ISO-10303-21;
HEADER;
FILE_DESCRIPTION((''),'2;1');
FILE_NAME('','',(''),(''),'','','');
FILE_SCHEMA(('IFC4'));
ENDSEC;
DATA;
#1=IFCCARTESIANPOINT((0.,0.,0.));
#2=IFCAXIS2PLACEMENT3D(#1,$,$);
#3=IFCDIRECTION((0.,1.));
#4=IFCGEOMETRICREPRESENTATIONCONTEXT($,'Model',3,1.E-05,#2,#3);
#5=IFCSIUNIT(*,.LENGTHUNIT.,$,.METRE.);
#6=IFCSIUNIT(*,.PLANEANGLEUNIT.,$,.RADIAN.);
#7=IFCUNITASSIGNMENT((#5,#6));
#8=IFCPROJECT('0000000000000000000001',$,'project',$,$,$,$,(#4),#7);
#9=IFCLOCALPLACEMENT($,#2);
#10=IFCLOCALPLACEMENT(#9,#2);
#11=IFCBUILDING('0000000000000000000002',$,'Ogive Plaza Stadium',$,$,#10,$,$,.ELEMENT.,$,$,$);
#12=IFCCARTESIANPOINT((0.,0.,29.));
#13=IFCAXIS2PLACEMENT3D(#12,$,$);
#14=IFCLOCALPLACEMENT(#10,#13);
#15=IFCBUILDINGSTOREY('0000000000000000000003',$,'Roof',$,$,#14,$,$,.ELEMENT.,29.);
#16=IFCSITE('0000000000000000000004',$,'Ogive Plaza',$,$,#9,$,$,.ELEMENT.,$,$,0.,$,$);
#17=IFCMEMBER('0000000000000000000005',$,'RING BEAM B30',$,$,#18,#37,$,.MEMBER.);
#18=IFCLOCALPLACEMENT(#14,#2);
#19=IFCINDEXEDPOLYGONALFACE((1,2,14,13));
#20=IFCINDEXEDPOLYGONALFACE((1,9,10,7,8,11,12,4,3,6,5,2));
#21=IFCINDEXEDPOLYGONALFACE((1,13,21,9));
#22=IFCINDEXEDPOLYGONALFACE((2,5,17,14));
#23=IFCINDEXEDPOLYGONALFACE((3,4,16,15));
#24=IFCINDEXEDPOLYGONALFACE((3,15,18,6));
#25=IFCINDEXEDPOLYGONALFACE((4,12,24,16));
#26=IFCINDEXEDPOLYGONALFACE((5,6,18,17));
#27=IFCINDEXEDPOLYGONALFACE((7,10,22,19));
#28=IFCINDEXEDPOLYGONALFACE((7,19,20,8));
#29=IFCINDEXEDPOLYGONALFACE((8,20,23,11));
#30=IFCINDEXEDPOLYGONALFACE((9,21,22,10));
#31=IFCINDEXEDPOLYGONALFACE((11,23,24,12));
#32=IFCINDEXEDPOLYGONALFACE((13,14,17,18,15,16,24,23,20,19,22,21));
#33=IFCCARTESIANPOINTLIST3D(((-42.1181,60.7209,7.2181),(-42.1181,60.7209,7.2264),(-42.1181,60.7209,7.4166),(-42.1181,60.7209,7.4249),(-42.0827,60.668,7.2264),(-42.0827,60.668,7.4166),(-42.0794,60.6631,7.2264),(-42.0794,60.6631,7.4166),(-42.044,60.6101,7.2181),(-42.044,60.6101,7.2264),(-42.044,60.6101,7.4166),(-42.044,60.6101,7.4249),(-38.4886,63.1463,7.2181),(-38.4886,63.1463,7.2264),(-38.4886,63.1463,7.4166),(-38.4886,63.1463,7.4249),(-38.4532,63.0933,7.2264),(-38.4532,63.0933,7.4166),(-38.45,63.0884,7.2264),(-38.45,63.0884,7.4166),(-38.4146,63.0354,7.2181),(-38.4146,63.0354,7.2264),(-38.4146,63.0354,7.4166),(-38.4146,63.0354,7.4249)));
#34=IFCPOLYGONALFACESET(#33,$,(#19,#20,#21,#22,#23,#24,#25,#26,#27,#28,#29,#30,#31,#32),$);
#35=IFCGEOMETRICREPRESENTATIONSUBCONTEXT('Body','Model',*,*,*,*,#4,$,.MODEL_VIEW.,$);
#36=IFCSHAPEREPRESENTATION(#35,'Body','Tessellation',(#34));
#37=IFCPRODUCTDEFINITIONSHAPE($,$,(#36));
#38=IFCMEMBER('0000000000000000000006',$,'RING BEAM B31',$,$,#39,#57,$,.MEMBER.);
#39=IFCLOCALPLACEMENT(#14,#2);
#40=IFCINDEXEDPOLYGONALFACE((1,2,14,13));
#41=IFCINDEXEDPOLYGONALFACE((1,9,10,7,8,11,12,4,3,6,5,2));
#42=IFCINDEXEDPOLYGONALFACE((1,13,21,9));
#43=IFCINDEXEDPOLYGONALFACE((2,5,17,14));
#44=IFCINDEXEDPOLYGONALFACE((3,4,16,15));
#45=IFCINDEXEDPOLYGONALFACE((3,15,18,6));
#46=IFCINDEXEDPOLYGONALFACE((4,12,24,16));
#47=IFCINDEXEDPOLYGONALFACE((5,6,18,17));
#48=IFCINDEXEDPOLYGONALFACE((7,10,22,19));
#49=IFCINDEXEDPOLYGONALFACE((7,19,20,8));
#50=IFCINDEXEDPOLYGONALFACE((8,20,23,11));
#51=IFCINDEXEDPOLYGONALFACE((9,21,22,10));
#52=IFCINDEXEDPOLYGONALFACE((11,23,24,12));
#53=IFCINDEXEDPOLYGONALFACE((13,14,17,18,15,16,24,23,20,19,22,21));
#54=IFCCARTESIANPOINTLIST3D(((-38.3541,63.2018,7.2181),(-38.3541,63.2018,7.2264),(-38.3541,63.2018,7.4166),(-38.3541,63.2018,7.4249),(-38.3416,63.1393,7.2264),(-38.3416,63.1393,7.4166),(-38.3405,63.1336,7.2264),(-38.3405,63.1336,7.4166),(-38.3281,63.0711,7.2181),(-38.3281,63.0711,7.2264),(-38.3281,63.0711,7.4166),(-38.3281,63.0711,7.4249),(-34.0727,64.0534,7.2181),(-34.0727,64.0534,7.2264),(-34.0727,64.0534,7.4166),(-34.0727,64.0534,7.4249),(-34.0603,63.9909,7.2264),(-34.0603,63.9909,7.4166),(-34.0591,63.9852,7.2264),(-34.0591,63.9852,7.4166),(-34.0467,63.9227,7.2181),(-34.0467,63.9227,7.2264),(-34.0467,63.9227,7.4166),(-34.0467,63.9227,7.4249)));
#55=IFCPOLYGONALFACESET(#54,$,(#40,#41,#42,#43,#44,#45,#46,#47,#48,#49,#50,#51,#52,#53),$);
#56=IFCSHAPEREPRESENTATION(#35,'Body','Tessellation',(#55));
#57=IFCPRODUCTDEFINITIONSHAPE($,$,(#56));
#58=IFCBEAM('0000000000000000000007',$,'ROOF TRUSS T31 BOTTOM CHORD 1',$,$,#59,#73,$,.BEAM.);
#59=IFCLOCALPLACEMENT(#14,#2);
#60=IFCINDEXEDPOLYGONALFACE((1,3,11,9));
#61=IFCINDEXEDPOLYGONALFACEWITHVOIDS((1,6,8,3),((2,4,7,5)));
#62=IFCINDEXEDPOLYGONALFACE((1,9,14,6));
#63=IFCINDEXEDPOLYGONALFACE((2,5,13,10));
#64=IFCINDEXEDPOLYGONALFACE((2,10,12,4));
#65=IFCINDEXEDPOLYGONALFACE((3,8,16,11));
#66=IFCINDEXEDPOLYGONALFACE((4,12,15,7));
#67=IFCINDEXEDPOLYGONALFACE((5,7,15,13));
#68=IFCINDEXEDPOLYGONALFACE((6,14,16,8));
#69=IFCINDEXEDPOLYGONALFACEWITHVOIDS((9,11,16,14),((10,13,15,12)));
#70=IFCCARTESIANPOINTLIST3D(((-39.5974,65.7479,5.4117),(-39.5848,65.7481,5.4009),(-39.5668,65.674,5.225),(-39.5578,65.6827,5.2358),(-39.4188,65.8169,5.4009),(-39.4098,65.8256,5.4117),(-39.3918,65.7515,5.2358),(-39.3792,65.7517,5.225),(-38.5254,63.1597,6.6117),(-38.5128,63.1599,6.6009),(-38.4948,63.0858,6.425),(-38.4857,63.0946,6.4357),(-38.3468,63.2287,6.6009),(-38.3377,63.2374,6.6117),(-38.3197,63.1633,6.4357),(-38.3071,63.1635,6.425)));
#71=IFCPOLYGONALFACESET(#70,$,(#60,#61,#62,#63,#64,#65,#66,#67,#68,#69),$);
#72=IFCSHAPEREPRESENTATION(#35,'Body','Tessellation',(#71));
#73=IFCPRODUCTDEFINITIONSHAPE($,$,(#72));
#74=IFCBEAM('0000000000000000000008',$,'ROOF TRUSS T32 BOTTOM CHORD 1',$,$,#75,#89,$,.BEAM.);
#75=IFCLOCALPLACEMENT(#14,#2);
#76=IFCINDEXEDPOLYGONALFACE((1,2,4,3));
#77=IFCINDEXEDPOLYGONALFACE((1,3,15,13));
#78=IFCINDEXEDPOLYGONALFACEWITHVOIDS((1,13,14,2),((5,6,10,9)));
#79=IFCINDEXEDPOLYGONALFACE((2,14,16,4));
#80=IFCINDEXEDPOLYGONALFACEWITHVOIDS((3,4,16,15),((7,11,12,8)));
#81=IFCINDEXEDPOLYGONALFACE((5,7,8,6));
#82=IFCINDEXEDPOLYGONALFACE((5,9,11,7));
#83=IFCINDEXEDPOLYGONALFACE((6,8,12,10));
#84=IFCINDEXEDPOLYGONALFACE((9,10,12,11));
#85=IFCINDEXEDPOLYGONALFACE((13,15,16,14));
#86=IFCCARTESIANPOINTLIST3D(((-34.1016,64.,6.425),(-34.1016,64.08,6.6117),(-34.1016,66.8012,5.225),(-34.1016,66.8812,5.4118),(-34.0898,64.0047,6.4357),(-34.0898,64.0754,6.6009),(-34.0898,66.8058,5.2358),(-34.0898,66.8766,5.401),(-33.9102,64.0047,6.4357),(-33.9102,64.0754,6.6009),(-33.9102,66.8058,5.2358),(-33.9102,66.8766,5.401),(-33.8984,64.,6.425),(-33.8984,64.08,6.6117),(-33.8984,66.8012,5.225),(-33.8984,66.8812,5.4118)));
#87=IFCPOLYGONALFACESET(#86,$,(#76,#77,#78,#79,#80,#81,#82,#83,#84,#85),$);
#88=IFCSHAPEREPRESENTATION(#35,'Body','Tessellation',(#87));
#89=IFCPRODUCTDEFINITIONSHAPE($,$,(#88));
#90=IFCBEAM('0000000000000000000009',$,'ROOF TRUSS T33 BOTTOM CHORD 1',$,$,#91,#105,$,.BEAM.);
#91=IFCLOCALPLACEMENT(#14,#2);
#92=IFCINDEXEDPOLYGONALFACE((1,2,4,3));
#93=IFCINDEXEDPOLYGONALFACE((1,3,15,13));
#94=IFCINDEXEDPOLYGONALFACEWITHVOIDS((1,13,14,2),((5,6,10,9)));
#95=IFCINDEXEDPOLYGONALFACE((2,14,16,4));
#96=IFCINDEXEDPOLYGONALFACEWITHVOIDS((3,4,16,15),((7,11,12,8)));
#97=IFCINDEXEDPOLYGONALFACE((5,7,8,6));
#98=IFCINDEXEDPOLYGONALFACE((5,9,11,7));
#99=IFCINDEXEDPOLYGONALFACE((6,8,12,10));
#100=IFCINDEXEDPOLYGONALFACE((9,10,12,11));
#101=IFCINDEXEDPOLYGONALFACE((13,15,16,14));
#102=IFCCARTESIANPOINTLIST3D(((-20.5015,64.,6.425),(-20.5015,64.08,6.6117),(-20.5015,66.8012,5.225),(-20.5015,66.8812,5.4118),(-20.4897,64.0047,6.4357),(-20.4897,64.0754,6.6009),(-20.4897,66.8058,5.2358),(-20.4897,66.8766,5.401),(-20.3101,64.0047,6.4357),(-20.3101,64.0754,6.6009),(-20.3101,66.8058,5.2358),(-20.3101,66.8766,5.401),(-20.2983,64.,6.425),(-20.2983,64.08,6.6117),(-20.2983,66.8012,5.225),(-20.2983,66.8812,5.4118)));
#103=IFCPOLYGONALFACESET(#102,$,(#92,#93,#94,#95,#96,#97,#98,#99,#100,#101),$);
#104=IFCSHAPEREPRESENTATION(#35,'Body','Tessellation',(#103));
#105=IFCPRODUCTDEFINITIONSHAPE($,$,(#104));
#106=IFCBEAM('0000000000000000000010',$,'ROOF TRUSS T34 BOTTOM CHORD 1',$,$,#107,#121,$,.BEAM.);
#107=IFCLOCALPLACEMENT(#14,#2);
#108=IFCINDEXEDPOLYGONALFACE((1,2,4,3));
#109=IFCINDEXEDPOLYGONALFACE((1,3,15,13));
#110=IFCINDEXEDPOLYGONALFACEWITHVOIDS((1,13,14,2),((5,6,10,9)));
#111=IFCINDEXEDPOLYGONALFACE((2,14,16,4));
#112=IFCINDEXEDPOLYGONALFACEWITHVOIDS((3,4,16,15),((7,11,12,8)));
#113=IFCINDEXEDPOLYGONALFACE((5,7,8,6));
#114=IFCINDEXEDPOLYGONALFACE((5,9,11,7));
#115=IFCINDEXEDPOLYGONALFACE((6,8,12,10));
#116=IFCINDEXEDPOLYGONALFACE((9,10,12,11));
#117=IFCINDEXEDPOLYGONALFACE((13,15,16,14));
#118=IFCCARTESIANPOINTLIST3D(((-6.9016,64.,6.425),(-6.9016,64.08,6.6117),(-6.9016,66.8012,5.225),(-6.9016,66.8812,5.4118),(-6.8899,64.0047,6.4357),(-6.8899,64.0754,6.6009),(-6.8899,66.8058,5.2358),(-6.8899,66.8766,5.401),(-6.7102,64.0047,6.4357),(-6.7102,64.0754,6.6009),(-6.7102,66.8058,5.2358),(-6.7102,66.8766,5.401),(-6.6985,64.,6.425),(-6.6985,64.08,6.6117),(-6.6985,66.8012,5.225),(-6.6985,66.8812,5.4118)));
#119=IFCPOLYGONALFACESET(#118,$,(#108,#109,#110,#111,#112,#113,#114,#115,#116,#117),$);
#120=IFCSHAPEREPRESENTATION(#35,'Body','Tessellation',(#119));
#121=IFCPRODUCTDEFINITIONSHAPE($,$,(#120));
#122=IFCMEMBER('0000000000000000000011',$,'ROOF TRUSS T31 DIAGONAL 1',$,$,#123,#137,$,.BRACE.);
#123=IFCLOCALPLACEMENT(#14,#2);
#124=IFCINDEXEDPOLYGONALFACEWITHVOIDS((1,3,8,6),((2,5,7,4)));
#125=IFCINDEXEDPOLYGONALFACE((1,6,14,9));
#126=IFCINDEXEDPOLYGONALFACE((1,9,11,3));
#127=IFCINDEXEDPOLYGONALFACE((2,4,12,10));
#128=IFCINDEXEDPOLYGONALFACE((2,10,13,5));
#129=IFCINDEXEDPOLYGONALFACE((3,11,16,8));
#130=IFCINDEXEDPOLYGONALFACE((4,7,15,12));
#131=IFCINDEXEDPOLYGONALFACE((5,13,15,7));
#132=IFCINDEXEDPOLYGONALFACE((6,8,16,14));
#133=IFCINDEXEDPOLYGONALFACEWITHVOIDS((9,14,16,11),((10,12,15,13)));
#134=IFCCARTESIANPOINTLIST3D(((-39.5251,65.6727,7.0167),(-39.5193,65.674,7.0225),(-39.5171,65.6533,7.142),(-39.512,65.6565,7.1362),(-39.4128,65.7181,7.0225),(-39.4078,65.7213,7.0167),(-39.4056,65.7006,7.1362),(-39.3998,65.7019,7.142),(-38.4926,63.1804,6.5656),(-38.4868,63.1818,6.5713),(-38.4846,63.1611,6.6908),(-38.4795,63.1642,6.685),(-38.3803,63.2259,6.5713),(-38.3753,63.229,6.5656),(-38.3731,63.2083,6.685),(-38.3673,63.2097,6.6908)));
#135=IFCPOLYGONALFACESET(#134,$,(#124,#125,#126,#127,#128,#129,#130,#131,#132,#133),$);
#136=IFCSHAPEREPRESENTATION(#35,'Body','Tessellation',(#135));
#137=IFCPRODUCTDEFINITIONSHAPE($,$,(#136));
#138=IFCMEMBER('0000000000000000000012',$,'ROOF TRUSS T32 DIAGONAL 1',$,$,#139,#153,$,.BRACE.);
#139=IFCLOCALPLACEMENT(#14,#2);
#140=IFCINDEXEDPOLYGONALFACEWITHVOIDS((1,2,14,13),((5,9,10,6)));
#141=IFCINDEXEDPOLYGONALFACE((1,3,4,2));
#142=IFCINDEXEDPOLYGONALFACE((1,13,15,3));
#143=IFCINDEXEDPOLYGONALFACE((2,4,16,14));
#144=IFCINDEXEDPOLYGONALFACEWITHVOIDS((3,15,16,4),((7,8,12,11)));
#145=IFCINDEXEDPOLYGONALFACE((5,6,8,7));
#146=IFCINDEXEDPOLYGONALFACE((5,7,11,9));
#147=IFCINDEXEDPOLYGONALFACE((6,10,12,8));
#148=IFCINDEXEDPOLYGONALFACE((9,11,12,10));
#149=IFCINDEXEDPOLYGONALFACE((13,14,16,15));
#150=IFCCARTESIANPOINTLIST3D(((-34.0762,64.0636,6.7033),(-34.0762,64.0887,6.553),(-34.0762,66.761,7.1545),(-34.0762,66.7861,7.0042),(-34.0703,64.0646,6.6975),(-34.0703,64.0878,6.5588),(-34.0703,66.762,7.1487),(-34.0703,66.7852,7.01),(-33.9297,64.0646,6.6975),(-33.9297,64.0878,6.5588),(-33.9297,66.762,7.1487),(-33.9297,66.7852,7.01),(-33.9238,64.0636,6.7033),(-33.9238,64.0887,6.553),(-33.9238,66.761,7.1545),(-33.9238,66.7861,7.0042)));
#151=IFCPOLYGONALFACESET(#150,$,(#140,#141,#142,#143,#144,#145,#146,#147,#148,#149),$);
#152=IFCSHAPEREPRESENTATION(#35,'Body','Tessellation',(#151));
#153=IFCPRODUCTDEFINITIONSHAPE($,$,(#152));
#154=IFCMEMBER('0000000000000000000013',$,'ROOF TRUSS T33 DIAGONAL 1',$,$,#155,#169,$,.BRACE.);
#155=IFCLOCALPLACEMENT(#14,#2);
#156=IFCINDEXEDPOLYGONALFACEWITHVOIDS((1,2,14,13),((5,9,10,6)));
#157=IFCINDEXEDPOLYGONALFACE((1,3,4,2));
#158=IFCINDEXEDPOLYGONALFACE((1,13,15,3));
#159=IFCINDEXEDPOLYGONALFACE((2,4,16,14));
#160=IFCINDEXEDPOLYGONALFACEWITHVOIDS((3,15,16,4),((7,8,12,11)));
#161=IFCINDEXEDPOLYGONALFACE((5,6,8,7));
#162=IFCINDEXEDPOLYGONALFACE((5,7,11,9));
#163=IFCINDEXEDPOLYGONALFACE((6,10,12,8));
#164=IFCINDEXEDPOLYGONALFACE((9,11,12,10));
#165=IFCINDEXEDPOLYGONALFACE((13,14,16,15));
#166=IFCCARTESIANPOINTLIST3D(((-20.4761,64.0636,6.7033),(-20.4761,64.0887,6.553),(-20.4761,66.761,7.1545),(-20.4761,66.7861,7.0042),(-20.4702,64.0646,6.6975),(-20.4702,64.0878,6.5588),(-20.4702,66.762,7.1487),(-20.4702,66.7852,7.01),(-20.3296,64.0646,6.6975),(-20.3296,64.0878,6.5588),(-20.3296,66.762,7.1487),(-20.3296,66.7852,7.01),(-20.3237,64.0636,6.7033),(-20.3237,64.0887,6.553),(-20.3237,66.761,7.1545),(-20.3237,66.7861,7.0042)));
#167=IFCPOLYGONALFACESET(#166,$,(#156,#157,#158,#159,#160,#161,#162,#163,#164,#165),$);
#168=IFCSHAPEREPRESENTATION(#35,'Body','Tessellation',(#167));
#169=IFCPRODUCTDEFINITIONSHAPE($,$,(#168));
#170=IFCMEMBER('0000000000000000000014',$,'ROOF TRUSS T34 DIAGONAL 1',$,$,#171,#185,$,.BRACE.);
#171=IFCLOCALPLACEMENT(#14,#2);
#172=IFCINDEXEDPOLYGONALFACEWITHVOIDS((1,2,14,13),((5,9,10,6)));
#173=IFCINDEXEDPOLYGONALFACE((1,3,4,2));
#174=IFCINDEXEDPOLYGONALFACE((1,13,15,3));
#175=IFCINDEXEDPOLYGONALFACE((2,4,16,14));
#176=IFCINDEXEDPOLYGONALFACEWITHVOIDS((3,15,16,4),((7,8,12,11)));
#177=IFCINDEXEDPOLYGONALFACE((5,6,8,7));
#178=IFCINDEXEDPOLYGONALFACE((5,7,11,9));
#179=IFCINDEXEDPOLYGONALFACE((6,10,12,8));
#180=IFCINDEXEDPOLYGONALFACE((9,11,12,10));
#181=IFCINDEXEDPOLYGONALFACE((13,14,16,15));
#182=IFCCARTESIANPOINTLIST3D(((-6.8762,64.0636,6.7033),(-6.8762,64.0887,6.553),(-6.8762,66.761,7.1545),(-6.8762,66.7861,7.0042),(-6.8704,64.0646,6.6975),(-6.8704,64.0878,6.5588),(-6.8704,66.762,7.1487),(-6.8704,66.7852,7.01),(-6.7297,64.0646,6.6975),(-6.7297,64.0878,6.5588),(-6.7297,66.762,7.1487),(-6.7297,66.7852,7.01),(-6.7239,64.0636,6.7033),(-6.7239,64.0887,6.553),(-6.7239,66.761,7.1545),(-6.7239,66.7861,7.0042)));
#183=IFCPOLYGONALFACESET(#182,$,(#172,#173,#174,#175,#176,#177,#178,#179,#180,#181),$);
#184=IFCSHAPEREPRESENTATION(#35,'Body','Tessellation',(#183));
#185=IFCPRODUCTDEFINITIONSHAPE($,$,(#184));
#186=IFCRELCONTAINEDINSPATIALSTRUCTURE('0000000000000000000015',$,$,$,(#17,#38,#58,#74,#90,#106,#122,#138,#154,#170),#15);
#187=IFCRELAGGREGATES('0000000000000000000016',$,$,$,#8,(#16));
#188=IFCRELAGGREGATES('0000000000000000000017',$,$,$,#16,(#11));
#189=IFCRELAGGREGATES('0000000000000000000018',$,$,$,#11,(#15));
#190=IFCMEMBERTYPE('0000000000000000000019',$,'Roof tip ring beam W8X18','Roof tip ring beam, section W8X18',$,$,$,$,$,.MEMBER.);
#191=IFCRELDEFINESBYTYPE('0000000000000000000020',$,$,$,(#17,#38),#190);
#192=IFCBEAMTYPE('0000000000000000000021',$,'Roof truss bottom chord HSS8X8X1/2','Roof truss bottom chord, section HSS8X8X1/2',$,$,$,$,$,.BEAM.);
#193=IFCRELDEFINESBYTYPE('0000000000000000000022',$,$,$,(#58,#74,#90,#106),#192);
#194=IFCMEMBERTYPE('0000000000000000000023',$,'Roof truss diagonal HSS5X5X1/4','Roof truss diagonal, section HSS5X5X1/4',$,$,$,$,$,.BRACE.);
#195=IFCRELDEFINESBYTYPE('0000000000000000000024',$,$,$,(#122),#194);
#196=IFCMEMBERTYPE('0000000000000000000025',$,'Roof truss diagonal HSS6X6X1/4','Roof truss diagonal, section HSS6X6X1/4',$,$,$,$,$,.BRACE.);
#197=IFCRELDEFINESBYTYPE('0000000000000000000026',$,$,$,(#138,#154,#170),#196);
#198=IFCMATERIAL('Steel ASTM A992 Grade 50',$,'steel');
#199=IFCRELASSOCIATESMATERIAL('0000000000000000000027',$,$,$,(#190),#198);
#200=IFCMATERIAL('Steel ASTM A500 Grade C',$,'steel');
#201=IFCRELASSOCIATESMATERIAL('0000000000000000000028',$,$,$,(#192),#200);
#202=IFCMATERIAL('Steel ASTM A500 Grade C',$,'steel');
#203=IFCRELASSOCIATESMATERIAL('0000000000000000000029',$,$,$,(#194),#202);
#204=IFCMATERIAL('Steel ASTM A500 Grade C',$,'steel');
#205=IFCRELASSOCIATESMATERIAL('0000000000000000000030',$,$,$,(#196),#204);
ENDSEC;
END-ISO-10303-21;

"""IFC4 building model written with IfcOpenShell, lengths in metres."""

from ifc_helpers import new_model, si_unit, direction, frame, origin, origin_2d, place, context, subcontext, project, spatial, hollow_rectangle, i_section, extrude, material, material_profile, profile_set, type_object, element, save


model = new_model("IFC4")

# Units and contexts
model_context = context("Model", 3, precision=1e-05, world=origin(), true_north=direction((0.0, 1.0)))
body_context = subcontext(model_context, "Body", "Model", "MODEL_VIEW")
ifc_project = project(units=[si_unit("LENGTHUNIT", "METRE"), si_unit("PLANEANGLEUNIT", "RADIAN")], contexts=[model_context])

# Site, building, storey
site_placement = place(None, origin())
site = spatial("IfcSite", under=ifc_project, at=site_placement, Name="Ogive Plaza", CompositionType="ELEMENT", RefElevation=0.0)
building_placement = place(site_placement, origin())
building = spatial("IfcBuilding", under=site, at=building_placement, Name="Ogive Plaza Stadium", CompositionType="ELEMENT")
storey_placement = place(building_placement, frame((0.0, 0.0, 29.0)))
storey = spatial("IfcBuildingStorey", under=building, at=storey_placement, Name="Roof", CompositionType="ELEMENT", Elevation=29.0)

# Members
ifc_material_1 = material(Name="Steel ASTM A992 Grade 50", Category="steel")
ifc_material_profile_1 = material_profile(ifc_material_1, i_section(OverallWidth=0.1333, OverallDepth=0.2068, WebThickness=0.0059, FlangeThickness=0.0083, at=origin_2d()), Name="W8X18")
ifc_profile_set_1 = profile_set([ifc_material_profile_1], Name="Steel ASTM A992 Grade 50")
member_type_1 = type_object("IfcMemberType", Name="Roof tip ring beam W8X18", Description="Roof tip ring beam, section W8X18", PredefinedType="MEMBER", material=ifc_profile_set_1)
for number, where, z_axis, x_axis, name in (
    (1, (-42.0811, 60.6655, 7.3215), (0.831447, 0.555603, 0.0), (-0.555603, 0.831447, 0.0), "RING BEAM B30"),
    (2, (-38.3411, 63.1365, 7.3215), (0.980787, 0.195083, 0.0), (-0.195083, 0.980787, 0.0), "RING BEAM B31"),
):
    element("IfcMember", number, at=place(storey_placement, frame(where, z_axis=z_axis, x_axis=x_axis)), inside=storey, type_object=member_type_1, Name=name, PredefinedType="MEMBER", context=body_context, shape_type="SweptSolid", body=[
        extrude(i_section(OverallWidth=0.1333, OverallDepth=0.2068, WebThickness=0.0059, FlangeThickness=0.0083, at=origin_2d()), origin(), (0.0, 0.0, 1.0), 4.3652),
    ])

# Beams
ifc_material_2 = material(Name="Steel ASTM A500 Grade C", Category="steel")
ifc_material_profile_2 = material_profile(ifc_material_2, hollow_rectangle(XDim=0.2031, YDim=0.2031, WallThickness=0.0117, at=origin_2d()), Name="HSS8X8X1/2")
ifc_profile_set_2 = profile_set([ifc_material_profile_2], Name="Steel ASTM A500 Grade C")
beam_type_1 = type_object("IfcBeamType", Name="Roof truss bottom chord HSS8X8X1/2", Description="Roof truss bottom chord, section HSS8X8X1/2", PredefinedType="BEAM", material=ifc_profile_set_2)
beam_1_placement = place(storey_placement, frame((-38.4163, 63.1616, 6.5183), z_axis=(-0.351765, 0.849251, -0.393743), x_axis=(-0.923882, -0.382678, 0.0)))
element("IfcBeam", 3, at=beam_1_placement, inside=storey, type_object=beam_type_1, Name="ROOF TRUSS T31 BOTTOM CHORD 1", PredefinedType="BEAM", context=body_context, shape_type="SweptSolid", body=[
    extrude(hollow_rectangle(XDim=0.2031, YDim=0.2031, WallThickness=0.0117, at=origin_2d()), origin(), (0.0, 0.0, 1.0), 3.0476),
])
for number, where, z_axis, x_axis, name in (
    (4, (-34.0, 64.04, 6.5183), (0.0, 0.919215, -0.393755), (-1.0, 0.0, 0.0), "ROOF TRUSS T32 BOTTOM CHORD 1"),
    (5, (-20.3999, 64.04, 6.5183), (0.0, 0.919215, -0.393755), (-1.0, 0.0, 0.0), "ROOF TRUSS T33 BOTTOM CHORD 1"),
    (6, (-6.8, 64.04, 6.5183), (0.0, 0.919215, -0.393755), (-1.0, 0.0, 0.0), "ROOF TRUSS T34 BOTTOM CHORD 1"),
):
    element("IfcBeam", number, at=place(storey_placement, frame(where, z_axis=z_axis, x_axis=x_axis)), inside=storey, type_object=beam_type_1, Name=name, PredefinedType="BEAM", context=body_context, shape_type="SweptSolid", body=[
        extrude(hollow_rectangle(XDim=0.2031, YDim=0.2031, WallThickness=0.0117, at=origin_2d()), origin(), (0.0, 0.0, 1.0), 3.0474),
    ])

# Members
ifc_material_3 = material(Name="Steel ASTM A500 Grade C", Category="steel")
ifc_material_profile_3 = material_profile(ifc_material_3, hollow_rectangle(XDim=0.127, YDim=0.127, WallThickness=0.0059, at=origin_2d()), Name="HSS5X5X1/4")
ifc_profile_set_3 = profile_set([ifc_material_profile_3], Name="Steel ASTM A500 Grade C")
member_type_2 = type_object("IfcMemberType", Name="Roof truss diagonal HSS5X5X1/4", Description="Roof truss diagonal, section HSS5X5X1/4", PredefinedType="BRACE", material=ifc_profile_set_3)
member_1_placement = place(storey_placement, frame((-38.4299, 63.1951, 6.6282), z_axis=(-0.377495, 0.9112, 0.164959), x_axis=(-0.923857, -0.382738, 0.0)))
element("IfcMember", 7, at=member_1_placement, inside=storey, type_object=member_type_2, Name="ROOF TRUSS T31 DIAGONAL 1", PredefinedType="BRACE", context=body_context, shape_type="SweptSolid", body=[
    extrude(hollow_rectangle(XDim=0.127, YDim=0.127, WallThickness=0.0059, at=origin_2d()), origin(), (0.0, 0.0, 1.0), 2.7351),
])
ifc_material_4 = material(Name="Steel ASTM A500 Grade C", Category="steel")
ifc_material_profile_4 = material_profile(ifc_material_4, hollow_rectangle(XDim=0.1523, YDim=0.1523, WallThickness=0.0059, at=origin_2d()), Name="HSS6X6X1/4")
ifc_profile_set_4 = profile_set([ifc_material_profile_4], Name="Steel ASTM A500 Grade C")
member_type_3 = type_object("IfcMemberType", Name="Roof truss diagonal HSS6X6X1/4", Description="Roof truss diagonal, section HSS6X6X1/4", PredefinedType="BRACE", material=ifc_profile_set_4)
for number, where, z_axis, x_axis, name in (
    (8, (-34.0, 64.0762, 6.6282), (0.0, 0.9863, 0.164964), (-1.0, 0.0, 0.0), "ROOF TRUSS T32 DIAGONAL 1"),
    (9, (-20.3999, 64.0762, 6.6282), (0.0, 0.9863, 0.164964), (-1.0, 0.0, 0.0), "ROOF TRUSS T33 DIAGONAL 1"),
    (10, (-6.8, 64.0762, 6.6282), (0.0, 0.9863, 0.164964), (-1.0, 0.0, 0.0), "ROOF TRUSS T34 DIAGONAL 1"),
):
    element("IfcMember", number, at=place(storey_placement, frame(where, z_axis=z_axis, x_axis=x_axis)), inside=storey, type_object=member_type_3, Name=name, PredefinedType="BRACE", context=body_context, shape_type="SweptSolid", body=[
        extrude(hollow_rectangle(XDim=0.1523, YDim=0.1523, WallThickness=0.0059, at=origin_2d()), origin(), (0.0, 0.0, 1.0), 2.7349),
    ])

save(model, "model.ifc")
